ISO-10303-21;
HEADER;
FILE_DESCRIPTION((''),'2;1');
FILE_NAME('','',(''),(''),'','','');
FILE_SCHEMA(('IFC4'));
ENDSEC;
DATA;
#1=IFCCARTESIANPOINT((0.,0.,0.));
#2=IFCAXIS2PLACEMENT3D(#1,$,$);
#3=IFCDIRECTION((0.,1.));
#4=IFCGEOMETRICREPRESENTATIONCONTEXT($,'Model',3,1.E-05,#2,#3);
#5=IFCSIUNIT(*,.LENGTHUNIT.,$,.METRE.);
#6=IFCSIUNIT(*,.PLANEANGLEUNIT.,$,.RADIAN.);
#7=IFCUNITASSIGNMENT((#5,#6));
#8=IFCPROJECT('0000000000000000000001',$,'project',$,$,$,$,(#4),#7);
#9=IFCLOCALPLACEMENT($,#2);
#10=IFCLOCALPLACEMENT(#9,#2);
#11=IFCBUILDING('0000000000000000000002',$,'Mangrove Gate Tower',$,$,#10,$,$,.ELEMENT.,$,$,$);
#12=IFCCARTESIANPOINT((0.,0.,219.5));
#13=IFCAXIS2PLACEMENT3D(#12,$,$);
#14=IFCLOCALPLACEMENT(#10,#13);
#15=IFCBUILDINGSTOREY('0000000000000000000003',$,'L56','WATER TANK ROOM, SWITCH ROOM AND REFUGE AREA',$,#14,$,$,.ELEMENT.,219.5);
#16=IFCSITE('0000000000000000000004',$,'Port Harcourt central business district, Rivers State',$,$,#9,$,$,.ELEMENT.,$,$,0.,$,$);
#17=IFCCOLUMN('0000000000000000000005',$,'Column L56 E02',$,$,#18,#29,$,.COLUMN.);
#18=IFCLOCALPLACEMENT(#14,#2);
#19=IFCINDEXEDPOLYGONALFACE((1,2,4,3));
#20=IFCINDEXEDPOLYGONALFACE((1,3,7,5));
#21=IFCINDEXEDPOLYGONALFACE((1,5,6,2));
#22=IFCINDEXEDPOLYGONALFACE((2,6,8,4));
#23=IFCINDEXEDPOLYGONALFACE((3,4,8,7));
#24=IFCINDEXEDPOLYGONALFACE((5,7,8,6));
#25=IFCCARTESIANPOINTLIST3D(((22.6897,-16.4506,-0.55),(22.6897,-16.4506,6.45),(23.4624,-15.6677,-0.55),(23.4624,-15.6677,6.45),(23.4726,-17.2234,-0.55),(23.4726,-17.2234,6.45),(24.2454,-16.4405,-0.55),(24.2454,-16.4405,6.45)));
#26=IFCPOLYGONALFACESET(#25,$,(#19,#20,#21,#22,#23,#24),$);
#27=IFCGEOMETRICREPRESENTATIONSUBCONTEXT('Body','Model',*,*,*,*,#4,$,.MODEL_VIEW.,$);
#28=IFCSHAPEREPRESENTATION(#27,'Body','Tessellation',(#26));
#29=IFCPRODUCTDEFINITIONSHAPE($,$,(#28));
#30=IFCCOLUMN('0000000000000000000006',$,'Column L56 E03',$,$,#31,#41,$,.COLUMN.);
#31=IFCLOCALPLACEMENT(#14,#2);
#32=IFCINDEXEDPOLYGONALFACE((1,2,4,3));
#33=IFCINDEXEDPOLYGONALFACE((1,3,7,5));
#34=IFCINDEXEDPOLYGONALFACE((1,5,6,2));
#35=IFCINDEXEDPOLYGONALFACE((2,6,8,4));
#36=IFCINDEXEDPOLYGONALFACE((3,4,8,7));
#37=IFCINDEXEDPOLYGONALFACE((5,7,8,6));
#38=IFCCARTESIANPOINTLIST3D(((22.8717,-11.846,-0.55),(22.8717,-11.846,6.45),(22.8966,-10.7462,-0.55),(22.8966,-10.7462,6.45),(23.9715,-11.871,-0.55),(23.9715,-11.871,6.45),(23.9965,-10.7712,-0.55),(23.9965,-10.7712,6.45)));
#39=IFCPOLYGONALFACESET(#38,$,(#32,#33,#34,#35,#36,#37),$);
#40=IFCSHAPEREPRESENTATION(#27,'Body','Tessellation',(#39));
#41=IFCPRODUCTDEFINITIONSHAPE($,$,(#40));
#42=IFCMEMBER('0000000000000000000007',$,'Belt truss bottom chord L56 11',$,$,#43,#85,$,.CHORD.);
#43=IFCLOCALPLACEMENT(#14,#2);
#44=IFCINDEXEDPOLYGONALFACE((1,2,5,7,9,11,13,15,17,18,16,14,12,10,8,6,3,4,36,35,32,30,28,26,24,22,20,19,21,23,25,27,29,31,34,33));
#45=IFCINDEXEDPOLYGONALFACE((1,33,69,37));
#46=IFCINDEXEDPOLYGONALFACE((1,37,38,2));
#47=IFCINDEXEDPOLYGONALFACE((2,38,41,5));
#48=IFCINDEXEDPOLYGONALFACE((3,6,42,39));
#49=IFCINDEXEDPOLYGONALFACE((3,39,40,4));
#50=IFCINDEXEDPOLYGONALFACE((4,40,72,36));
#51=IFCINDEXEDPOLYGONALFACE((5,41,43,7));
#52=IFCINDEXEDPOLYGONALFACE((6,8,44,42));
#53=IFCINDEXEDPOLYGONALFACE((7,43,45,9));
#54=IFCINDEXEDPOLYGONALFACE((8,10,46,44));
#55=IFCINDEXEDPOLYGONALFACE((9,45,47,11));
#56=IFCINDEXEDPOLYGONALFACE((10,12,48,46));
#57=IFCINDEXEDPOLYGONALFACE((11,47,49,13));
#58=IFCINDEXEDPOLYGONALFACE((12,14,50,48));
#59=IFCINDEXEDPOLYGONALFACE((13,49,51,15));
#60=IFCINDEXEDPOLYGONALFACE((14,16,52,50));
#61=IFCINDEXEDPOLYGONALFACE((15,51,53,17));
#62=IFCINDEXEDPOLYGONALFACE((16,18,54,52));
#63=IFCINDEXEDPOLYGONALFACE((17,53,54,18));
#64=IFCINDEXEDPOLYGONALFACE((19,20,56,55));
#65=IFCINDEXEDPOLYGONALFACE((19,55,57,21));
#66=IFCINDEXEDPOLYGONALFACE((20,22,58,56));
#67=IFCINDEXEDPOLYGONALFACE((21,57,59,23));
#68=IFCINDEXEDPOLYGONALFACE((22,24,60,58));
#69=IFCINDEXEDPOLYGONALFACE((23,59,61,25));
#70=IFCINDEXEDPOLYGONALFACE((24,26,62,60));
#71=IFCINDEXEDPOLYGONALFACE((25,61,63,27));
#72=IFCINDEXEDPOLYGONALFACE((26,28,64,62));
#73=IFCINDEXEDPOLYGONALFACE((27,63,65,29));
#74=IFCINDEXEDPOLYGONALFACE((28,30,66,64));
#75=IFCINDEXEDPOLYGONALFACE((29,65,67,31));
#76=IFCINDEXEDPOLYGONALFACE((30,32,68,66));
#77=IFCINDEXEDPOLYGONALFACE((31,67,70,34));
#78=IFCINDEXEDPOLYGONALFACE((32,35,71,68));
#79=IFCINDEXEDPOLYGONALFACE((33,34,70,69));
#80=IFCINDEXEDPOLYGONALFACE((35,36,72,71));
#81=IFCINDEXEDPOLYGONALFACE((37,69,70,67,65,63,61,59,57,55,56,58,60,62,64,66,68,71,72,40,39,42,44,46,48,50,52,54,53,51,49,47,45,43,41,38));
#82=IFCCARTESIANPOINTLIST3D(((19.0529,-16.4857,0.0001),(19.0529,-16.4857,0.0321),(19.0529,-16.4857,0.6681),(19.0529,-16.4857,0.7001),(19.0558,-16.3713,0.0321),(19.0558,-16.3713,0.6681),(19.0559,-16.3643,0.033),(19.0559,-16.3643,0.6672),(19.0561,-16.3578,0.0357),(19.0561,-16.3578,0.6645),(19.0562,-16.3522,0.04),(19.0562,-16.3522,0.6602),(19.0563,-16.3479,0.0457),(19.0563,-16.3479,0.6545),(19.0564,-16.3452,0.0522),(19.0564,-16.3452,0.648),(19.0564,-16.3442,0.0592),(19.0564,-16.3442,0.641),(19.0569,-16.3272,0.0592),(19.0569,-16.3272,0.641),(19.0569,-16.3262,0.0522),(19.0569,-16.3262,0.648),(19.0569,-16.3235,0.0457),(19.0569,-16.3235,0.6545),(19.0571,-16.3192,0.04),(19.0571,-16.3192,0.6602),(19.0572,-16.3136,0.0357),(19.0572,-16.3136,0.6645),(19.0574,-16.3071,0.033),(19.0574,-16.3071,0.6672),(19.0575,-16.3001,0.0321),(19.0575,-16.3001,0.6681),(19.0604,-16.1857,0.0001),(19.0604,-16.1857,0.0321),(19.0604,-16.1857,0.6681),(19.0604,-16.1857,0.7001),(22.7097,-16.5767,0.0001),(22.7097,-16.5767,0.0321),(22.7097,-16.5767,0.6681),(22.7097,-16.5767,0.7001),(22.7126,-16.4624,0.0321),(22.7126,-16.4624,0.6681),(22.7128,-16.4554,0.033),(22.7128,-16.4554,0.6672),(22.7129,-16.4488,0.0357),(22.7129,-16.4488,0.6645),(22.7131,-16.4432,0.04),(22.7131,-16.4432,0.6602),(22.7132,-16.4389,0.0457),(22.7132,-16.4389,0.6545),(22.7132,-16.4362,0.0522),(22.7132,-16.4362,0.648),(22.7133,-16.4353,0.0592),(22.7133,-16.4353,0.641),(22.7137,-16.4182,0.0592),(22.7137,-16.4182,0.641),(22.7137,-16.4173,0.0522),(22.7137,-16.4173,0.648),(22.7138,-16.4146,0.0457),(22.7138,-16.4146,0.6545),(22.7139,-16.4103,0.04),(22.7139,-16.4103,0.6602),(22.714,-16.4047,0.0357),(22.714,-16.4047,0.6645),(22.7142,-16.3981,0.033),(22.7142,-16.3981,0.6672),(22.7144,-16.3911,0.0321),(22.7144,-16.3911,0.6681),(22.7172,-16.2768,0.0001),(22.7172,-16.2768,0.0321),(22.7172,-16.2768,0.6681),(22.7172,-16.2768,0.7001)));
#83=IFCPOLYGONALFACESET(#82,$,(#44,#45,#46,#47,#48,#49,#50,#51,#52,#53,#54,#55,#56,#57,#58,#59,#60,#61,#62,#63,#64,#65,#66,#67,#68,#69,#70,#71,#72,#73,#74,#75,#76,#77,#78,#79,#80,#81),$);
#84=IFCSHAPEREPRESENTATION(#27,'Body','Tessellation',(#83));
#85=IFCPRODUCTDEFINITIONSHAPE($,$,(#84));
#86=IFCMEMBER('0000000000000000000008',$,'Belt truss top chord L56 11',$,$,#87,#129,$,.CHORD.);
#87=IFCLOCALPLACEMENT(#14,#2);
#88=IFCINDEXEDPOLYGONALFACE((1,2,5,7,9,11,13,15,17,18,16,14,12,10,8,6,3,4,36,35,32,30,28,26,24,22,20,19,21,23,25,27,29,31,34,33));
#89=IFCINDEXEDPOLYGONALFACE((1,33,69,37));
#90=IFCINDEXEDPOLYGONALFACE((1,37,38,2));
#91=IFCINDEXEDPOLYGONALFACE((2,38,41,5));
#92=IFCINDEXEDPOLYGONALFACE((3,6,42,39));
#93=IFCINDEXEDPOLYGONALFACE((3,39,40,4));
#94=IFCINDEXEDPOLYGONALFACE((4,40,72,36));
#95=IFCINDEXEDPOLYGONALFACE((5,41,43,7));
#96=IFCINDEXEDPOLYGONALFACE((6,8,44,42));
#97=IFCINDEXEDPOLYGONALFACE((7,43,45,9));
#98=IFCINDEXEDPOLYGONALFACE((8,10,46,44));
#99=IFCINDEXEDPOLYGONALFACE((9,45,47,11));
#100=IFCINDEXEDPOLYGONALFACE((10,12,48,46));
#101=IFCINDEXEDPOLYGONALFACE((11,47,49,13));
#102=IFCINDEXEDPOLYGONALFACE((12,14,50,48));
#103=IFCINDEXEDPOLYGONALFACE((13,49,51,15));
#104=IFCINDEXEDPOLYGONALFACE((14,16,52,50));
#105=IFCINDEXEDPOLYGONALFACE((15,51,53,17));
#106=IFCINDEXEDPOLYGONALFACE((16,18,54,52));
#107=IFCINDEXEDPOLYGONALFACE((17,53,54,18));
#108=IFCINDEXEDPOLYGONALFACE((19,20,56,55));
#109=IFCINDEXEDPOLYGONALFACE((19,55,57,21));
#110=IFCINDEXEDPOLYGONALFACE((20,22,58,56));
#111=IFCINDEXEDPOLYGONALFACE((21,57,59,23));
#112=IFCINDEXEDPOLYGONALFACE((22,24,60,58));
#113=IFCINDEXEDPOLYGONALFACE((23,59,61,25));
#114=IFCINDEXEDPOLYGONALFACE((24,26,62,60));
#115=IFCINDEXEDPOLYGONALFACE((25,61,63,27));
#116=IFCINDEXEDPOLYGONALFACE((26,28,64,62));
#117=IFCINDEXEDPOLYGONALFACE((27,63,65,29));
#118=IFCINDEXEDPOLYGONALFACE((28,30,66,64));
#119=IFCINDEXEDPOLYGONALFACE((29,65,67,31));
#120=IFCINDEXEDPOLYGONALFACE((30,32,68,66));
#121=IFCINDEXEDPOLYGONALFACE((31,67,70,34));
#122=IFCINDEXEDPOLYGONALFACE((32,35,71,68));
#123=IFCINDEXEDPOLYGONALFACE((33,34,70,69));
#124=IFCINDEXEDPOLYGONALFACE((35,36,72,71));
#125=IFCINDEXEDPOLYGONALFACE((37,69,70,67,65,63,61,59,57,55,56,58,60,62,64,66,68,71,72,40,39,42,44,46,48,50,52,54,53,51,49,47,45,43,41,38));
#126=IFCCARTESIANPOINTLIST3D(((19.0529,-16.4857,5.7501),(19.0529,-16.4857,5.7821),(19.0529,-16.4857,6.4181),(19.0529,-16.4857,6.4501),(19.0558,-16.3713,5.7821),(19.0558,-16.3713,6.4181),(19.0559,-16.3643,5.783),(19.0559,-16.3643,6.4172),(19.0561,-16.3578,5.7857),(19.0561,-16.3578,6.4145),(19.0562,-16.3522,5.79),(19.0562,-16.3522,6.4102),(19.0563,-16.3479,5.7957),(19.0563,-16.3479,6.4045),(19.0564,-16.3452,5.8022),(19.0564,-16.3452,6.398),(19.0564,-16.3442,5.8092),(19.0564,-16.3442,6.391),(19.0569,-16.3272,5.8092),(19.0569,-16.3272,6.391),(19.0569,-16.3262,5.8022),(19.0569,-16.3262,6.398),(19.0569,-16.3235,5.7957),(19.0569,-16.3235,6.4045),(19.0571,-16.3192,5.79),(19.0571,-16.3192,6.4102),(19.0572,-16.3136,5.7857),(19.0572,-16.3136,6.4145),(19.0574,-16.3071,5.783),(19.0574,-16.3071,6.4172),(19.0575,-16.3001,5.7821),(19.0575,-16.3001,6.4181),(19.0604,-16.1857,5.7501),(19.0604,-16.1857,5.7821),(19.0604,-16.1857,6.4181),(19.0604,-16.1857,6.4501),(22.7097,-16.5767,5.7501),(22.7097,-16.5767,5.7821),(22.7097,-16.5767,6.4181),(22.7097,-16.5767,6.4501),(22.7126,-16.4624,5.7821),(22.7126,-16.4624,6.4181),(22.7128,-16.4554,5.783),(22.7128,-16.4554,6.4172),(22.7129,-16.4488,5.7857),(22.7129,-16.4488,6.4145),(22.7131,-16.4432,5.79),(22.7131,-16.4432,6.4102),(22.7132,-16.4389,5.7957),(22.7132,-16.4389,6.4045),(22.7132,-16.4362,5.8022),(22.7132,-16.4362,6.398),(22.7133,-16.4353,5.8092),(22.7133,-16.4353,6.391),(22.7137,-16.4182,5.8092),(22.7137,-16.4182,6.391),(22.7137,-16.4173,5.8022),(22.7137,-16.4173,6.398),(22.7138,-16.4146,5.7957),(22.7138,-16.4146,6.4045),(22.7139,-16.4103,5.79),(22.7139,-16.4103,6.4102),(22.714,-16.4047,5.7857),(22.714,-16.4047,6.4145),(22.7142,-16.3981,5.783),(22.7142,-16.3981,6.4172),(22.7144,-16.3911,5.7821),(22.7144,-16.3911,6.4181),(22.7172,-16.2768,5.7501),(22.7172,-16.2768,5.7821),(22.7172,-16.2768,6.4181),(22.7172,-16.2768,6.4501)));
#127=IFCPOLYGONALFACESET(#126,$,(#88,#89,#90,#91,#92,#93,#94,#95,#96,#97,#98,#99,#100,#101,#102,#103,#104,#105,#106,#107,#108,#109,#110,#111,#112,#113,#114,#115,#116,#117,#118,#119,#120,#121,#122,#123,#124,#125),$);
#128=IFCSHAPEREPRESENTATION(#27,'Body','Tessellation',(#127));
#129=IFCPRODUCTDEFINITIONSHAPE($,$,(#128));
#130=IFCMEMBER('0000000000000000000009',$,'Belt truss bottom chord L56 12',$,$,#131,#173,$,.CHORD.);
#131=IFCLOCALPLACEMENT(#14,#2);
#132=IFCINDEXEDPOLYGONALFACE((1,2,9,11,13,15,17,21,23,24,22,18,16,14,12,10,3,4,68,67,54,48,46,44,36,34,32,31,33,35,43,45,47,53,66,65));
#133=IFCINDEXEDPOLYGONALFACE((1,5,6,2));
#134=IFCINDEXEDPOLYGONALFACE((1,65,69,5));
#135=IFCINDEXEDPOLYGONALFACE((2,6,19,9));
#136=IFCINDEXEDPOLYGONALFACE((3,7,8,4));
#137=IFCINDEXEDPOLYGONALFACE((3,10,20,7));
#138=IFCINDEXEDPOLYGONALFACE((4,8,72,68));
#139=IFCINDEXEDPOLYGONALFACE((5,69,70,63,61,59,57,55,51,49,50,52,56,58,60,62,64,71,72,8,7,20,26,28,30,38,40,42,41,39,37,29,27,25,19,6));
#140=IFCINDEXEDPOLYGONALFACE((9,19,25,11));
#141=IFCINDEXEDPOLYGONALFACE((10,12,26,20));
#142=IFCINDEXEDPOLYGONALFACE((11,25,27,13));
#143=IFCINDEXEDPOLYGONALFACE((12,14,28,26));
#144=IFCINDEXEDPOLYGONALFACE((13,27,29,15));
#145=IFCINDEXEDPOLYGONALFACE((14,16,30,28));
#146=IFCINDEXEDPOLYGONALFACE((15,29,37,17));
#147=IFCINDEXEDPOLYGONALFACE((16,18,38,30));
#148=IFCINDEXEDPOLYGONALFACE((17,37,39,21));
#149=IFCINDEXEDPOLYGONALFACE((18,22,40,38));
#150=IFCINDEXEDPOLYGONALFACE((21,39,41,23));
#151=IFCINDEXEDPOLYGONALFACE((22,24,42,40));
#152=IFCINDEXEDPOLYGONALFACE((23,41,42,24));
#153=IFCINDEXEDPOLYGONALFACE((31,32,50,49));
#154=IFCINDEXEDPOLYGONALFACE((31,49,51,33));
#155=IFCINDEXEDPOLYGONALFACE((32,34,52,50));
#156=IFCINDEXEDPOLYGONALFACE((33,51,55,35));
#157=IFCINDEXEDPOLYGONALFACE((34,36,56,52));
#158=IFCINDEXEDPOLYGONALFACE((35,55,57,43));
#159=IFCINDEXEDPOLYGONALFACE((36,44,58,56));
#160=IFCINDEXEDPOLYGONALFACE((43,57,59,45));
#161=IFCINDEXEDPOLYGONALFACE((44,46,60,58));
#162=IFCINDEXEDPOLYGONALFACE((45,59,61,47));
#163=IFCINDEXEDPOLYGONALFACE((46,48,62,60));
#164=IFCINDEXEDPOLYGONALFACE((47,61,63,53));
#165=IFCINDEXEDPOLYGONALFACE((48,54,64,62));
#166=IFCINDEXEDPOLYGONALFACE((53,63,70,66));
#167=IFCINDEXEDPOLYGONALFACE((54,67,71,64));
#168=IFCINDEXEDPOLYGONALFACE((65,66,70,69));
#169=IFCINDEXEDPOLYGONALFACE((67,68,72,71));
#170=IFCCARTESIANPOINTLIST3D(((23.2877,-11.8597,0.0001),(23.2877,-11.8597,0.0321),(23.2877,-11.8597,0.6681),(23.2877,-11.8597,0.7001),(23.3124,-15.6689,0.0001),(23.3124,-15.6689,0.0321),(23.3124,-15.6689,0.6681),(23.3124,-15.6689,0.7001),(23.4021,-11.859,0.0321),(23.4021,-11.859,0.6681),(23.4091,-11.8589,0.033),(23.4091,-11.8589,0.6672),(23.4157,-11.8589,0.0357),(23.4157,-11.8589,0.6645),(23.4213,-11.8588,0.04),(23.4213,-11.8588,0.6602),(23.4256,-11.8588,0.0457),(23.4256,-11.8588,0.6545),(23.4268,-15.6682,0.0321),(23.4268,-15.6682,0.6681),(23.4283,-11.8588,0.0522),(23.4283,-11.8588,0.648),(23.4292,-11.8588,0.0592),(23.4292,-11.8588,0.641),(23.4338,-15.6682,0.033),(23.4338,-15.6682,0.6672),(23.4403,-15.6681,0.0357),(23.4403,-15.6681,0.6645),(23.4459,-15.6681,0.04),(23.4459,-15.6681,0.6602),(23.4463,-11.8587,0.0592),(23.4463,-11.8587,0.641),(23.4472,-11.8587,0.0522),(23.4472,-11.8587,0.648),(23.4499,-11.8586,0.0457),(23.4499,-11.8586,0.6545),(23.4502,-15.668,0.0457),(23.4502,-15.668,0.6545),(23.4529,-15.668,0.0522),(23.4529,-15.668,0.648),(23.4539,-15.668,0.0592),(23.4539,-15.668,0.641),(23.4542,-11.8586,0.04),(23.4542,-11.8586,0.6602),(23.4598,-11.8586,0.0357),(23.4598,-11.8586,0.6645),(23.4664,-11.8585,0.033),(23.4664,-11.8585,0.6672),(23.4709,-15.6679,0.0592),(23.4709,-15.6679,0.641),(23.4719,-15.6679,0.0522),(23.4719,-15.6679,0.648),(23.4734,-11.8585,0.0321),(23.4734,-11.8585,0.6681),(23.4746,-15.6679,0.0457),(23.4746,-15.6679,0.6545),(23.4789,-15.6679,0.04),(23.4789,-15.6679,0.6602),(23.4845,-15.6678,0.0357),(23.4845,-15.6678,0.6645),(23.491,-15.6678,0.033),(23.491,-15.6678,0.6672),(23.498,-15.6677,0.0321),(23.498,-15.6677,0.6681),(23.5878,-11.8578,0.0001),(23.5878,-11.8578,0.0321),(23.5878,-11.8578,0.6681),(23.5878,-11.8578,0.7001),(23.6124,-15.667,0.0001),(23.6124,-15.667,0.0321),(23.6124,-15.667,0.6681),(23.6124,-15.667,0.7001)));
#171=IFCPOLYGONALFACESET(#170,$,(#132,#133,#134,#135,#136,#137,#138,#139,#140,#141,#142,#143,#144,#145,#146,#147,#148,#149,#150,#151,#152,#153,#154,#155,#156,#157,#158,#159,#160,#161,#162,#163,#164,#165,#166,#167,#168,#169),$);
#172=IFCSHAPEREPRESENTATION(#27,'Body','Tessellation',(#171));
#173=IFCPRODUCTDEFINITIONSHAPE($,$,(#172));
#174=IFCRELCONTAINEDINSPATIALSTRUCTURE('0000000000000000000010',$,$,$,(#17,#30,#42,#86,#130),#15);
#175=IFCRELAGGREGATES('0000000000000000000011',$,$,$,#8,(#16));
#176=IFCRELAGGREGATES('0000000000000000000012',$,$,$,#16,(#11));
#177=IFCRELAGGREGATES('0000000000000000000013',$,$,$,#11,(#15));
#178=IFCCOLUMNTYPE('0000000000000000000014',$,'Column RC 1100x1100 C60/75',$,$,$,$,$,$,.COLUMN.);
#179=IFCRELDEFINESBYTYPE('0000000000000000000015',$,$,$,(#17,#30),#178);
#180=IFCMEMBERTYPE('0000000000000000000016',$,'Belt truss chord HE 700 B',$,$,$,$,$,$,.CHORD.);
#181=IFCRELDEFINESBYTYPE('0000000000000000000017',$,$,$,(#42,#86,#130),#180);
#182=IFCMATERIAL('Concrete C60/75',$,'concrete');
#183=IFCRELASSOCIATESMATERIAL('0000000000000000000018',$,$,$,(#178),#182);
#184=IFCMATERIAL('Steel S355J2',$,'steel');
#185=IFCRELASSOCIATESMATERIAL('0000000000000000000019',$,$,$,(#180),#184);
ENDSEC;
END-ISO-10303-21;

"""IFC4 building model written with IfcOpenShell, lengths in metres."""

from ifc_helpers import new_model, si_unit, direction, frame, origin, origin_2d, place, context, subcontext, project, spatial, rectangle, i_section, extrude, material, material_profile, profile_set, type_object, element, save


model = new_model("IFC4")

# Units and contexts
model_context = context("Model", 3, precision=1e-05, world=origin(), true_north=direction((0.0, 1.0)))
body_context = subcontext(model_context, "Body", "Model", "MODEL_VIEW")
ifc_project = project(units=[si_unit("LENGTHUNIT", "METRE"), si_unit("PLANEANGLEUNIT", "RADIAN")], contexts=[model_context])

# Site, building, storey
site_placement = place(None, origin())
site = spatial("IfcSite", under=ifc_project, at=site_placement, Name="Port Harcourt central business district, Rivers State", CompositionType="ELEMENT", RefElevation=0.0)
building_placement = place(site_placement, origin())
building = spatial("IfcBuilding", under=site, at=building_placement, Name="Mangrove Gate Tower", CompositionType="ELEMENT")
storey_placement = place(building_placement, frame((0.0, 0.0, 219.5)))
storey = spatial("IfcBuildingStorey", under=building, at=storey_placement, Name="L56", Description="WATER TANK ROOM, SWITCH ROOM AND REFUGE AREA", CompositionType="ELEMENT", Elevation=219.5)

# Columns
ifc_material_1 = material(Name="Concrete C60/75", Category="concrete")
ifc_material_profile_1 = material_profile(ifc_material_1, rectangle(XDim=1.1001, YDim=1.1001, at=origin_2d()))
ifc_profile_set_1 = profile_set([ifc_material_profile_1], Name="Concrete C60/75")
column_type = type_object("IfcColumnType", Name="Column RC 1100x1100 C60/75", PredefinedType="COLUMN", material=ifc_profile_set_1)
for number, where, z_axis, x_axis, name in (
    (1, (23.4675, -16.4456, -0.55), (0.0, 0.0, 1.0), (0.702473, 0.711711, 0.0), "Column L56 E02"),
    (2, (23.4341, -11.3086, -0.55), (0.0, 0.0, 1.0), (0.022678, 0.999743, 0.0), "Column L56 E03"),
):
    element("IfcColumn", number, at=place(storey_placement, frame(where, z_axis=z_axis, x_axis=x_axis)), inside=storey, type_object=column_type, Name=name, PredefinedType="COLUMN", context=body_context, shape_type="SweptSolid", body=[
        extrude(rectangle(XDim=1.1001, YDim=1.1001, at=origin_2d()), origin(), (0.0, 0.0, 1.0), 7.0),
    ])

# Members
ifc_material_2 = material(Name="Steel S355J2", Category="steel")
ifc_material_profile_2 = material_profile(ifc_material_2, i_section(OverallWidth=0.3, OverallDepth=0.7, WebThickness=0.0171, FlangeThickness=0.032, FilletRadius=0.0271, at=origin_2d()))
ifc_profile_set_2 = profile_set([ifc_material_profile_2], Name="Steel S355J2")
member_type_1 = type_object("IfcMemberType", Name="Belt truss chord HE 700 B", PredefinedType="CHORD", material=ifc_profile_set_2)
for number, where, z_axis, x_axis, name in (
    (3, (19.0566, -16.3357, 0.3501), (0.99969, -0.024895, 0.0), (0.024895, 0.99969, 0.0), "Belt truss bottom chord L56 11"),
    (4, (19.0566, -16.3357, 6.1001), (0.99969, -0.024895, 0.0), (0.024895, 0.99969, 0.0), "Belt truss top chord L56 11"),
):
    element("IfcMember", number, at=place(storey_placement, frame(where, z_axis=z_axis, x_axis=x_axis)), inside=storey, type_object=member_type_1, Name=name, PredefinedType="CHORD", context=body_context, shape_type="SweptSolid", body=[
        extrude(i_section(OverallWidth=0.3, OverallDepth=0.7, WebThickness=0.0171, FlangeThickness=0.032, FilletRadius=0.0271, at=origin_2d()), origin(), (0.0, 0.0, 1.0), 3.658),
    ])
for number, where, z_axis, x_axis, name in (
    (5, (23.4624, -15.668, 0.3501), (-0.006473, 0.999979, 0.0), (-0.999979, -0.006473, 0.0), "Belt truss bottom chord L56 12"),
):
    element("IfcMember", number, at=place(storey_placement, frame(where, z_axis=z_axis, x_axis=x_axis)), inside=storey, type_object=member_type_1, Name=name, PredefinedType="CHORD", context=body_context, shape_type="SweptSolid", body=[
        extrude(i_section(OverallWidth=0.3, OverallDepth=0.7, WebThickness=0.0171, FlangeThickness=0.032, FilletRadius=0.0271, at=origin_2d()), origin(), (0.0, 0.0, 1.0), 3.8093),
    ])

save(model, "model.ifc")
